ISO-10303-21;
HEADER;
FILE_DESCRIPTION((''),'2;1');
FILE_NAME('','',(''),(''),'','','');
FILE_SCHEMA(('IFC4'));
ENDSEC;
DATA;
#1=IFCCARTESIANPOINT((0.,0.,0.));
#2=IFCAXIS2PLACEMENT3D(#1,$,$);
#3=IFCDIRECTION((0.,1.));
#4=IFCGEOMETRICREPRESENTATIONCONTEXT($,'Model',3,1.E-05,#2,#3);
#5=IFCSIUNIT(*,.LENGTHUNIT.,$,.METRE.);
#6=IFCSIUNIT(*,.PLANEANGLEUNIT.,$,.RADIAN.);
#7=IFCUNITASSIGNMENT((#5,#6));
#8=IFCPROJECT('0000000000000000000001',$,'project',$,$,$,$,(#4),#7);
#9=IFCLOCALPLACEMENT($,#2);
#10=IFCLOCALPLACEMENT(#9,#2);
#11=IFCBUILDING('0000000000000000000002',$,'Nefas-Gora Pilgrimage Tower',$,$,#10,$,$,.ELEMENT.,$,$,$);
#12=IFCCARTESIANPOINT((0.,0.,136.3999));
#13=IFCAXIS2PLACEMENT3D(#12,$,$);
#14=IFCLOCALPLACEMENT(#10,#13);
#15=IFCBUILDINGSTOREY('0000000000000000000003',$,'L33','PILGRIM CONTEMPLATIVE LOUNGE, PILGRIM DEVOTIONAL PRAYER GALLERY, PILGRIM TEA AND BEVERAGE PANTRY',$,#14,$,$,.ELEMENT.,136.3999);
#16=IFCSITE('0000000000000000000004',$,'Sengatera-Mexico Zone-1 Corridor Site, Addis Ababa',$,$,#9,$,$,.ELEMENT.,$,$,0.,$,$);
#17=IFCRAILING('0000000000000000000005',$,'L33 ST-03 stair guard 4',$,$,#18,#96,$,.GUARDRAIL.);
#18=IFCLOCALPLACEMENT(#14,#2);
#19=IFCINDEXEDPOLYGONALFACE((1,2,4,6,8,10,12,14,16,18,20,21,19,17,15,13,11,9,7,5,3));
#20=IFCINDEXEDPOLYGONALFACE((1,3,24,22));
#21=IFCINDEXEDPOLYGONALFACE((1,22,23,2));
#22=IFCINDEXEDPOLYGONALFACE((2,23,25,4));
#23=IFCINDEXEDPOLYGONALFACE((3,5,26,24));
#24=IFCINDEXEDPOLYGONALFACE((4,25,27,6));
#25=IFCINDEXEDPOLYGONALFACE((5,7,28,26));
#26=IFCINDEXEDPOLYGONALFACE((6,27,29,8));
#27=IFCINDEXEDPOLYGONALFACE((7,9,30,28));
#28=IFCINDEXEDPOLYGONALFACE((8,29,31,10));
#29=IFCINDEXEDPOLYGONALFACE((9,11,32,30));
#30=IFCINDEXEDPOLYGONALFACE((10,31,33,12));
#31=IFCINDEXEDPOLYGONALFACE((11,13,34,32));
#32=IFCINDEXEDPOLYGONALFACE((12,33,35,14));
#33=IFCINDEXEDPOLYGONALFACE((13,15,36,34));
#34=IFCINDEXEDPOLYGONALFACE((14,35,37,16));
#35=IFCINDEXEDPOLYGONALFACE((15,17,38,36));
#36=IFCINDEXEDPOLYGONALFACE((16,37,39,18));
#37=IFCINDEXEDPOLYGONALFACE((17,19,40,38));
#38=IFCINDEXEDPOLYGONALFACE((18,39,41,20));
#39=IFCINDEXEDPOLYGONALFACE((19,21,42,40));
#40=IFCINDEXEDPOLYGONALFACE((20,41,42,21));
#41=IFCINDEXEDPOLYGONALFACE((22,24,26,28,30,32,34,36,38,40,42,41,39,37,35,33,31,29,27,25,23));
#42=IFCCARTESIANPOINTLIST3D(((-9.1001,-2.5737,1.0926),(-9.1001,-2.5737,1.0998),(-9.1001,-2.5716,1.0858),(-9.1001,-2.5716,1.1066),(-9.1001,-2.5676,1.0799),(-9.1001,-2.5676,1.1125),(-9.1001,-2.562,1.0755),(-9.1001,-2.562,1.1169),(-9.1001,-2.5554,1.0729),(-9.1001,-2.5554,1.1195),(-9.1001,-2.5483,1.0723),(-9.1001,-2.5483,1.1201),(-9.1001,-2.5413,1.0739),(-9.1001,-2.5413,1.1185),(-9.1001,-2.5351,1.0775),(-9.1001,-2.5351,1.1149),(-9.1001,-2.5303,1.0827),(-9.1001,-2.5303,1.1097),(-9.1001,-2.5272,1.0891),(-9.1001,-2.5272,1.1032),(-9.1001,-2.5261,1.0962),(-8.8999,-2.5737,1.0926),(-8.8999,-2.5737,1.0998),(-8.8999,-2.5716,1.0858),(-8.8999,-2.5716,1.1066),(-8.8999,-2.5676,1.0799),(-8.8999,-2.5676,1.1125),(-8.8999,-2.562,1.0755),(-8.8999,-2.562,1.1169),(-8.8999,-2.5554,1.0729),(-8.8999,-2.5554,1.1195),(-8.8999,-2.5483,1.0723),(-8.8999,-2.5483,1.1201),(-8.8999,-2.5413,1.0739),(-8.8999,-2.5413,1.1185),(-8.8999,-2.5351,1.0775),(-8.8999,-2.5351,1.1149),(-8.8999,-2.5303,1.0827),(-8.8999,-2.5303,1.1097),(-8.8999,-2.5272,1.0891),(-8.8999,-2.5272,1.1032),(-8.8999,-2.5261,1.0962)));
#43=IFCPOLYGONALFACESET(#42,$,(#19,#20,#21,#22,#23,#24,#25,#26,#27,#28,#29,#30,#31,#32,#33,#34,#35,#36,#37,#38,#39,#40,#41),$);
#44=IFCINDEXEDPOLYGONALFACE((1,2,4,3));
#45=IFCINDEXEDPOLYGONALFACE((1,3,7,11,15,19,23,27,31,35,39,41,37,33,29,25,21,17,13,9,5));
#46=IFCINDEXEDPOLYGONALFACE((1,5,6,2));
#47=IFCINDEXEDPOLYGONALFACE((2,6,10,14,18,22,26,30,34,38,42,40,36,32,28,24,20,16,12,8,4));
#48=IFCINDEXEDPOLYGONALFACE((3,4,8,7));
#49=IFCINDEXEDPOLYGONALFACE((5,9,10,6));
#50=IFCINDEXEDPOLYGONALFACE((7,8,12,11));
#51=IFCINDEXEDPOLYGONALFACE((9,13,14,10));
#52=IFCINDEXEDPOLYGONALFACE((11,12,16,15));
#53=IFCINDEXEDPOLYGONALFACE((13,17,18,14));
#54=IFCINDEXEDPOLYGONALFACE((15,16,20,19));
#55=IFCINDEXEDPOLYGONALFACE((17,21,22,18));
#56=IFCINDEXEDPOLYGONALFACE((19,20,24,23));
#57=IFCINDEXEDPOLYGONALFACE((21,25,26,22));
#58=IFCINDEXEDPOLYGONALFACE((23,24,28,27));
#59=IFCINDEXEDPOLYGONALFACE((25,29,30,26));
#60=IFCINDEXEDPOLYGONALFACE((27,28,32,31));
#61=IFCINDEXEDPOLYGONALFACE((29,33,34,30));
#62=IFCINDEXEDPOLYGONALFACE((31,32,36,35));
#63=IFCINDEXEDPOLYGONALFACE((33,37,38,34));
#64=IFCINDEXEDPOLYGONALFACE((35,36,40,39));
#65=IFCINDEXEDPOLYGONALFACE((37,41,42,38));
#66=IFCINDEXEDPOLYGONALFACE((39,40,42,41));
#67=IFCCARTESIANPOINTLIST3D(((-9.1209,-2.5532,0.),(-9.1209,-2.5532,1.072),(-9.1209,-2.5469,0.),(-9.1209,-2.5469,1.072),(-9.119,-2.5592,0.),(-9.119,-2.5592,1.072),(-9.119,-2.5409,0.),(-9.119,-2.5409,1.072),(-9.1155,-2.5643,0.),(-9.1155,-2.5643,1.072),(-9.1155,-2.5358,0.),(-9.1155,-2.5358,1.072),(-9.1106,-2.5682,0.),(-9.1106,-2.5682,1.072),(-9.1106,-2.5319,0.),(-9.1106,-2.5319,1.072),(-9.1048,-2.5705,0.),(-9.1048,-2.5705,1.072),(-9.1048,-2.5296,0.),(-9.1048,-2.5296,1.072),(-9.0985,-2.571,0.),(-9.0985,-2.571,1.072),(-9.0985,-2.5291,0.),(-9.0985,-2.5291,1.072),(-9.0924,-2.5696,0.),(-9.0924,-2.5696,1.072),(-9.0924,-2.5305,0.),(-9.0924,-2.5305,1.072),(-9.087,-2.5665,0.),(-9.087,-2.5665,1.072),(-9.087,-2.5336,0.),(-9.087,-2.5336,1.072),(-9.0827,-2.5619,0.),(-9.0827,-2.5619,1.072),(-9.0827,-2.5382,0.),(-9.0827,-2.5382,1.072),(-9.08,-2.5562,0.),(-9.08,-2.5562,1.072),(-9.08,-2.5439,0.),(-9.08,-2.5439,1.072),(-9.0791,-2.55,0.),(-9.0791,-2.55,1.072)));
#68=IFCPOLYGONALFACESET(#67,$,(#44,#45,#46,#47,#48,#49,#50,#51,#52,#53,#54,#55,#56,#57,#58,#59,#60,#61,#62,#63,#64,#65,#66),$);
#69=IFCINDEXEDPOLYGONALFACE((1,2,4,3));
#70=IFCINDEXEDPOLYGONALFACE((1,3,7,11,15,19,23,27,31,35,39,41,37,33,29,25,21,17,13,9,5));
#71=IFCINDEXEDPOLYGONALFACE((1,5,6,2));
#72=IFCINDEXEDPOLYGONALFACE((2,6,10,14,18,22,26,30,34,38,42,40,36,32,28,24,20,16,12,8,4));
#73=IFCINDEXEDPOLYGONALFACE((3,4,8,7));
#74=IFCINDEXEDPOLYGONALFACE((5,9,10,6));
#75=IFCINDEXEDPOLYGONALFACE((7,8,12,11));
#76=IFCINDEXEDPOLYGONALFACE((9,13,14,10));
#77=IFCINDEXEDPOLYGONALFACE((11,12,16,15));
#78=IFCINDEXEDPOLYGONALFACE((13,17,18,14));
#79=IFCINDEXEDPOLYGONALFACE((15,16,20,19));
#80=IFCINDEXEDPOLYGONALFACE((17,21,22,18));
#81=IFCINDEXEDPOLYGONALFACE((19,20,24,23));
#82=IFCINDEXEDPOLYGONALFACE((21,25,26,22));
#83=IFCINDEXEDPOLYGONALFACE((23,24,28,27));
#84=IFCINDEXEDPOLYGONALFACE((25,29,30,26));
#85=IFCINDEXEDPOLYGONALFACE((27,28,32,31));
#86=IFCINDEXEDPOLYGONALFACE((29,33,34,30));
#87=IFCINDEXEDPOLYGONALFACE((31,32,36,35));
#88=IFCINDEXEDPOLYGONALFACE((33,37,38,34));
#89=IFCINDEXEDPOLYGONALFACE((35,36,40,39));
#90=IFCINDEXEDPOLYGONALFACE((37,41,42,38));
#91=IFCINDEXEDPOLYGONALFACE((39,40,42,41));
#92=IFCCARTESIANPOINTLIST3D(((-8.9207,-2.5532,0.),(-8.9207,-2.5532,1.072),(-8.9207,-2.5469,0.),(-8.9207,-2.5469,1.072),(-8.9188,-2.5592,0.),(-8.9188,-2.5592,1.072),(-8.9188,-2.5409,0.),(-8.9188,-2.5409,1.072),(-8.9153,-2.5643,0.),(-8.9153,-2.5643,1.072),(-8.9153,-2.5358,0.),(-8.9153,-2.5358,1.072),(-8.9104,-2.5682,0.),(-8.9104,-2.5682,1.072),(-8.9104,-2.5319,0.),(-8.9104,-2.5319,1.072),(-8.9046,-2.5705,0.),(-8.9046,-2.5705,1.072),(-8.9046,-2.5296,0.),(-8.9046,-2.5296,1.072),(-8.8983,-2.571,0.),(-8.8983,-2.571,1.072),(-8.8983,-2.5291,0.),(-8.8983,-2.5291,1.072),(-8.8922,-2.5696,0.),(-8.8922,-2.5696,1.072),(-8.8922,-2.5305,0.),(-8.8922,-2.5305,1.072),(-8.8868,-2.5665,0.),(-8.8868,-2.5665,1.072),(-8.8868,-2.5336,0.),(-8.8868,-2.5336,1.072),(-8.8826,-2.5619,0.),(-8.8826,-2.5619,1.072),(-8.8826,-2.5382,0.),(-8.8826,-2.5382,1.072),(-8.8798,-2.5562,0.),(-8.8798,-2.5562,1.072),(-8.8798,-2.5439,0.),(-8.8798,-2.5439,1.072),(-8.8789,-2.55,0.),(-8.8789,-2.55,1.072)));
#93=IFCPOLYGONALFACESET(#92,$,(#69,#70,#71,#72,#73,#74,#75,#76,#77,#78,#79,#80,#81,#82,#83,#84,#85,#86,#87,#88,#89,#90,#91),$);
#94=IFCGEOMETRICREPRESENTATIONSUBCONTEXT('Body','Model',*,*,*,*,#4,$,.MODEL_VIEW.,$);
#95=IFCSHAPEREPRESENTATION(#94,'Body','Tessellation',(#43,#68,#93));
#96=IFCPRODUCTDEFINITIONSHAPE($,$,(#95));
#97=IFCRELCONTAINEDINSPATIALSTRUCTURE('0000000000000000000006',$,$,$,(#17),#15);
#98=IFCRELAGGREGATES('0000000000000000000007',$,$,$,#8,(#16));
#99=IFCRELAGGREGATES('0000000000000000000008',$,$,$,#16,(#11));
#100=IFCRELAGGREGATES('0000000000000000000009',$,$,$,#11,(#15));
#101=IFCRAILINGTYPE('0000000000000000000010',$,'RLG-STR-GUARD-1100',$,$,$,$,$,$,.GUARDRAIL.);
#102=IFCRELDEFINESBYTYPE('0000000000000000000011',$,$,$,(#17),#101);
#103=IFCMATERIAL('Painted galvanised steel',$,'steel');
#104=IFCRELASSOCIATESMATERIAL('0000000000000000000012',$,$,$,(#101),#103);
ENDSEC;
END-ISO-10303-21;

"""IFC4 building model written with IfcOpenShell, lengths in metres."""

from ifc_helpers import new_model, si_unit, direction, frame, origin, origin_2d, place, context, subcontext, project, spatial, circle, extrude, material, type_object, element, save


model = new_model("IFC4")

# Units and contexts
model_context = context("Model", 3, precision=1e-05, world=origin(), true_north=direction((0.0, 1.0)))
body_context = subcontext(model_context, "Body", "Model", "MODEL_VIEW")
ifc_project = project(units=[si_unit("LENGTHUNIT", "METRE"), si_unit("PLANEANGLEUNIT", "RADIAN")], contexts=[model_context])

# Site, building, storey
site_placement = place(None, origin())
site = spatial("IfcSite", under=ifc_project, at=site_placement, Name="Sengatera-Mexico Zone-1 Corridor Site, Addis Ababa", CompositionType="ELEMENT", RefElevation=0.0)
building_placement = place(site_placement, origin())
building = spatial("IfcBuilding", under=site, at=building_placement, Name="Nefas-Gora Pilgrimage Tower", CompositionType="ELEMENT")
storey_placement = place(building_placement, frame((0.0, 0.0, 136.3999)))
storey = spatial("IfcBuildingStorey", under=building, at=storey_placement, Name="L33", Description="PILGRIM CONTEMPLATIVE LOUNGE, PILGRIM DEVOTIONAL PRAYER GALLERY, PILGRIM TEA AND BEVERAGE PANTRY", CompositionType="ELEMENT", Elevation=136.3999)

# Railing
ifc_material_1 = material(Name="Painted galvanised steel", Category="steel")
railing_type_1 = type_object("IfcRailingType", Name="RLG-STR-GUARD-1100", PredefinedType="GUARDRAIL", material=ifc_material_1)
railing_1_placement = place(storey_placement, frame((-9.1001, -2.55, 0.0)))
element("IfcRailing", 1, at=railing_1_placement, inside=storey, type_object=railing_type_1, Name="L33 ST-03 stair guard 4", PredefinedType="GUARDRAIL", context=body_context, shape_type="SweptSolid", body=[
    extrude(circle(Radius=0.0239, at=origin_2d()), frame((0.0, 0.0, 1.0962), z_axis=(1.0, 0.0, 0.0), x_axis=(0.0, 1.0, 0.0)), (0.0, 0.0, 1.0), 0.2002),
    extrude(circle(Radius=0.021, at=origin_2d()), origin(), (0.0, 0.0, 1.0), 1.072),
    extrude(circle(Radius=0.021, at=origin_2d()), frame((0.2002, 0.0, 0.0)), (0.0, 0.0, 1.0), 1.072),
])

save(model, "model.ifc")
